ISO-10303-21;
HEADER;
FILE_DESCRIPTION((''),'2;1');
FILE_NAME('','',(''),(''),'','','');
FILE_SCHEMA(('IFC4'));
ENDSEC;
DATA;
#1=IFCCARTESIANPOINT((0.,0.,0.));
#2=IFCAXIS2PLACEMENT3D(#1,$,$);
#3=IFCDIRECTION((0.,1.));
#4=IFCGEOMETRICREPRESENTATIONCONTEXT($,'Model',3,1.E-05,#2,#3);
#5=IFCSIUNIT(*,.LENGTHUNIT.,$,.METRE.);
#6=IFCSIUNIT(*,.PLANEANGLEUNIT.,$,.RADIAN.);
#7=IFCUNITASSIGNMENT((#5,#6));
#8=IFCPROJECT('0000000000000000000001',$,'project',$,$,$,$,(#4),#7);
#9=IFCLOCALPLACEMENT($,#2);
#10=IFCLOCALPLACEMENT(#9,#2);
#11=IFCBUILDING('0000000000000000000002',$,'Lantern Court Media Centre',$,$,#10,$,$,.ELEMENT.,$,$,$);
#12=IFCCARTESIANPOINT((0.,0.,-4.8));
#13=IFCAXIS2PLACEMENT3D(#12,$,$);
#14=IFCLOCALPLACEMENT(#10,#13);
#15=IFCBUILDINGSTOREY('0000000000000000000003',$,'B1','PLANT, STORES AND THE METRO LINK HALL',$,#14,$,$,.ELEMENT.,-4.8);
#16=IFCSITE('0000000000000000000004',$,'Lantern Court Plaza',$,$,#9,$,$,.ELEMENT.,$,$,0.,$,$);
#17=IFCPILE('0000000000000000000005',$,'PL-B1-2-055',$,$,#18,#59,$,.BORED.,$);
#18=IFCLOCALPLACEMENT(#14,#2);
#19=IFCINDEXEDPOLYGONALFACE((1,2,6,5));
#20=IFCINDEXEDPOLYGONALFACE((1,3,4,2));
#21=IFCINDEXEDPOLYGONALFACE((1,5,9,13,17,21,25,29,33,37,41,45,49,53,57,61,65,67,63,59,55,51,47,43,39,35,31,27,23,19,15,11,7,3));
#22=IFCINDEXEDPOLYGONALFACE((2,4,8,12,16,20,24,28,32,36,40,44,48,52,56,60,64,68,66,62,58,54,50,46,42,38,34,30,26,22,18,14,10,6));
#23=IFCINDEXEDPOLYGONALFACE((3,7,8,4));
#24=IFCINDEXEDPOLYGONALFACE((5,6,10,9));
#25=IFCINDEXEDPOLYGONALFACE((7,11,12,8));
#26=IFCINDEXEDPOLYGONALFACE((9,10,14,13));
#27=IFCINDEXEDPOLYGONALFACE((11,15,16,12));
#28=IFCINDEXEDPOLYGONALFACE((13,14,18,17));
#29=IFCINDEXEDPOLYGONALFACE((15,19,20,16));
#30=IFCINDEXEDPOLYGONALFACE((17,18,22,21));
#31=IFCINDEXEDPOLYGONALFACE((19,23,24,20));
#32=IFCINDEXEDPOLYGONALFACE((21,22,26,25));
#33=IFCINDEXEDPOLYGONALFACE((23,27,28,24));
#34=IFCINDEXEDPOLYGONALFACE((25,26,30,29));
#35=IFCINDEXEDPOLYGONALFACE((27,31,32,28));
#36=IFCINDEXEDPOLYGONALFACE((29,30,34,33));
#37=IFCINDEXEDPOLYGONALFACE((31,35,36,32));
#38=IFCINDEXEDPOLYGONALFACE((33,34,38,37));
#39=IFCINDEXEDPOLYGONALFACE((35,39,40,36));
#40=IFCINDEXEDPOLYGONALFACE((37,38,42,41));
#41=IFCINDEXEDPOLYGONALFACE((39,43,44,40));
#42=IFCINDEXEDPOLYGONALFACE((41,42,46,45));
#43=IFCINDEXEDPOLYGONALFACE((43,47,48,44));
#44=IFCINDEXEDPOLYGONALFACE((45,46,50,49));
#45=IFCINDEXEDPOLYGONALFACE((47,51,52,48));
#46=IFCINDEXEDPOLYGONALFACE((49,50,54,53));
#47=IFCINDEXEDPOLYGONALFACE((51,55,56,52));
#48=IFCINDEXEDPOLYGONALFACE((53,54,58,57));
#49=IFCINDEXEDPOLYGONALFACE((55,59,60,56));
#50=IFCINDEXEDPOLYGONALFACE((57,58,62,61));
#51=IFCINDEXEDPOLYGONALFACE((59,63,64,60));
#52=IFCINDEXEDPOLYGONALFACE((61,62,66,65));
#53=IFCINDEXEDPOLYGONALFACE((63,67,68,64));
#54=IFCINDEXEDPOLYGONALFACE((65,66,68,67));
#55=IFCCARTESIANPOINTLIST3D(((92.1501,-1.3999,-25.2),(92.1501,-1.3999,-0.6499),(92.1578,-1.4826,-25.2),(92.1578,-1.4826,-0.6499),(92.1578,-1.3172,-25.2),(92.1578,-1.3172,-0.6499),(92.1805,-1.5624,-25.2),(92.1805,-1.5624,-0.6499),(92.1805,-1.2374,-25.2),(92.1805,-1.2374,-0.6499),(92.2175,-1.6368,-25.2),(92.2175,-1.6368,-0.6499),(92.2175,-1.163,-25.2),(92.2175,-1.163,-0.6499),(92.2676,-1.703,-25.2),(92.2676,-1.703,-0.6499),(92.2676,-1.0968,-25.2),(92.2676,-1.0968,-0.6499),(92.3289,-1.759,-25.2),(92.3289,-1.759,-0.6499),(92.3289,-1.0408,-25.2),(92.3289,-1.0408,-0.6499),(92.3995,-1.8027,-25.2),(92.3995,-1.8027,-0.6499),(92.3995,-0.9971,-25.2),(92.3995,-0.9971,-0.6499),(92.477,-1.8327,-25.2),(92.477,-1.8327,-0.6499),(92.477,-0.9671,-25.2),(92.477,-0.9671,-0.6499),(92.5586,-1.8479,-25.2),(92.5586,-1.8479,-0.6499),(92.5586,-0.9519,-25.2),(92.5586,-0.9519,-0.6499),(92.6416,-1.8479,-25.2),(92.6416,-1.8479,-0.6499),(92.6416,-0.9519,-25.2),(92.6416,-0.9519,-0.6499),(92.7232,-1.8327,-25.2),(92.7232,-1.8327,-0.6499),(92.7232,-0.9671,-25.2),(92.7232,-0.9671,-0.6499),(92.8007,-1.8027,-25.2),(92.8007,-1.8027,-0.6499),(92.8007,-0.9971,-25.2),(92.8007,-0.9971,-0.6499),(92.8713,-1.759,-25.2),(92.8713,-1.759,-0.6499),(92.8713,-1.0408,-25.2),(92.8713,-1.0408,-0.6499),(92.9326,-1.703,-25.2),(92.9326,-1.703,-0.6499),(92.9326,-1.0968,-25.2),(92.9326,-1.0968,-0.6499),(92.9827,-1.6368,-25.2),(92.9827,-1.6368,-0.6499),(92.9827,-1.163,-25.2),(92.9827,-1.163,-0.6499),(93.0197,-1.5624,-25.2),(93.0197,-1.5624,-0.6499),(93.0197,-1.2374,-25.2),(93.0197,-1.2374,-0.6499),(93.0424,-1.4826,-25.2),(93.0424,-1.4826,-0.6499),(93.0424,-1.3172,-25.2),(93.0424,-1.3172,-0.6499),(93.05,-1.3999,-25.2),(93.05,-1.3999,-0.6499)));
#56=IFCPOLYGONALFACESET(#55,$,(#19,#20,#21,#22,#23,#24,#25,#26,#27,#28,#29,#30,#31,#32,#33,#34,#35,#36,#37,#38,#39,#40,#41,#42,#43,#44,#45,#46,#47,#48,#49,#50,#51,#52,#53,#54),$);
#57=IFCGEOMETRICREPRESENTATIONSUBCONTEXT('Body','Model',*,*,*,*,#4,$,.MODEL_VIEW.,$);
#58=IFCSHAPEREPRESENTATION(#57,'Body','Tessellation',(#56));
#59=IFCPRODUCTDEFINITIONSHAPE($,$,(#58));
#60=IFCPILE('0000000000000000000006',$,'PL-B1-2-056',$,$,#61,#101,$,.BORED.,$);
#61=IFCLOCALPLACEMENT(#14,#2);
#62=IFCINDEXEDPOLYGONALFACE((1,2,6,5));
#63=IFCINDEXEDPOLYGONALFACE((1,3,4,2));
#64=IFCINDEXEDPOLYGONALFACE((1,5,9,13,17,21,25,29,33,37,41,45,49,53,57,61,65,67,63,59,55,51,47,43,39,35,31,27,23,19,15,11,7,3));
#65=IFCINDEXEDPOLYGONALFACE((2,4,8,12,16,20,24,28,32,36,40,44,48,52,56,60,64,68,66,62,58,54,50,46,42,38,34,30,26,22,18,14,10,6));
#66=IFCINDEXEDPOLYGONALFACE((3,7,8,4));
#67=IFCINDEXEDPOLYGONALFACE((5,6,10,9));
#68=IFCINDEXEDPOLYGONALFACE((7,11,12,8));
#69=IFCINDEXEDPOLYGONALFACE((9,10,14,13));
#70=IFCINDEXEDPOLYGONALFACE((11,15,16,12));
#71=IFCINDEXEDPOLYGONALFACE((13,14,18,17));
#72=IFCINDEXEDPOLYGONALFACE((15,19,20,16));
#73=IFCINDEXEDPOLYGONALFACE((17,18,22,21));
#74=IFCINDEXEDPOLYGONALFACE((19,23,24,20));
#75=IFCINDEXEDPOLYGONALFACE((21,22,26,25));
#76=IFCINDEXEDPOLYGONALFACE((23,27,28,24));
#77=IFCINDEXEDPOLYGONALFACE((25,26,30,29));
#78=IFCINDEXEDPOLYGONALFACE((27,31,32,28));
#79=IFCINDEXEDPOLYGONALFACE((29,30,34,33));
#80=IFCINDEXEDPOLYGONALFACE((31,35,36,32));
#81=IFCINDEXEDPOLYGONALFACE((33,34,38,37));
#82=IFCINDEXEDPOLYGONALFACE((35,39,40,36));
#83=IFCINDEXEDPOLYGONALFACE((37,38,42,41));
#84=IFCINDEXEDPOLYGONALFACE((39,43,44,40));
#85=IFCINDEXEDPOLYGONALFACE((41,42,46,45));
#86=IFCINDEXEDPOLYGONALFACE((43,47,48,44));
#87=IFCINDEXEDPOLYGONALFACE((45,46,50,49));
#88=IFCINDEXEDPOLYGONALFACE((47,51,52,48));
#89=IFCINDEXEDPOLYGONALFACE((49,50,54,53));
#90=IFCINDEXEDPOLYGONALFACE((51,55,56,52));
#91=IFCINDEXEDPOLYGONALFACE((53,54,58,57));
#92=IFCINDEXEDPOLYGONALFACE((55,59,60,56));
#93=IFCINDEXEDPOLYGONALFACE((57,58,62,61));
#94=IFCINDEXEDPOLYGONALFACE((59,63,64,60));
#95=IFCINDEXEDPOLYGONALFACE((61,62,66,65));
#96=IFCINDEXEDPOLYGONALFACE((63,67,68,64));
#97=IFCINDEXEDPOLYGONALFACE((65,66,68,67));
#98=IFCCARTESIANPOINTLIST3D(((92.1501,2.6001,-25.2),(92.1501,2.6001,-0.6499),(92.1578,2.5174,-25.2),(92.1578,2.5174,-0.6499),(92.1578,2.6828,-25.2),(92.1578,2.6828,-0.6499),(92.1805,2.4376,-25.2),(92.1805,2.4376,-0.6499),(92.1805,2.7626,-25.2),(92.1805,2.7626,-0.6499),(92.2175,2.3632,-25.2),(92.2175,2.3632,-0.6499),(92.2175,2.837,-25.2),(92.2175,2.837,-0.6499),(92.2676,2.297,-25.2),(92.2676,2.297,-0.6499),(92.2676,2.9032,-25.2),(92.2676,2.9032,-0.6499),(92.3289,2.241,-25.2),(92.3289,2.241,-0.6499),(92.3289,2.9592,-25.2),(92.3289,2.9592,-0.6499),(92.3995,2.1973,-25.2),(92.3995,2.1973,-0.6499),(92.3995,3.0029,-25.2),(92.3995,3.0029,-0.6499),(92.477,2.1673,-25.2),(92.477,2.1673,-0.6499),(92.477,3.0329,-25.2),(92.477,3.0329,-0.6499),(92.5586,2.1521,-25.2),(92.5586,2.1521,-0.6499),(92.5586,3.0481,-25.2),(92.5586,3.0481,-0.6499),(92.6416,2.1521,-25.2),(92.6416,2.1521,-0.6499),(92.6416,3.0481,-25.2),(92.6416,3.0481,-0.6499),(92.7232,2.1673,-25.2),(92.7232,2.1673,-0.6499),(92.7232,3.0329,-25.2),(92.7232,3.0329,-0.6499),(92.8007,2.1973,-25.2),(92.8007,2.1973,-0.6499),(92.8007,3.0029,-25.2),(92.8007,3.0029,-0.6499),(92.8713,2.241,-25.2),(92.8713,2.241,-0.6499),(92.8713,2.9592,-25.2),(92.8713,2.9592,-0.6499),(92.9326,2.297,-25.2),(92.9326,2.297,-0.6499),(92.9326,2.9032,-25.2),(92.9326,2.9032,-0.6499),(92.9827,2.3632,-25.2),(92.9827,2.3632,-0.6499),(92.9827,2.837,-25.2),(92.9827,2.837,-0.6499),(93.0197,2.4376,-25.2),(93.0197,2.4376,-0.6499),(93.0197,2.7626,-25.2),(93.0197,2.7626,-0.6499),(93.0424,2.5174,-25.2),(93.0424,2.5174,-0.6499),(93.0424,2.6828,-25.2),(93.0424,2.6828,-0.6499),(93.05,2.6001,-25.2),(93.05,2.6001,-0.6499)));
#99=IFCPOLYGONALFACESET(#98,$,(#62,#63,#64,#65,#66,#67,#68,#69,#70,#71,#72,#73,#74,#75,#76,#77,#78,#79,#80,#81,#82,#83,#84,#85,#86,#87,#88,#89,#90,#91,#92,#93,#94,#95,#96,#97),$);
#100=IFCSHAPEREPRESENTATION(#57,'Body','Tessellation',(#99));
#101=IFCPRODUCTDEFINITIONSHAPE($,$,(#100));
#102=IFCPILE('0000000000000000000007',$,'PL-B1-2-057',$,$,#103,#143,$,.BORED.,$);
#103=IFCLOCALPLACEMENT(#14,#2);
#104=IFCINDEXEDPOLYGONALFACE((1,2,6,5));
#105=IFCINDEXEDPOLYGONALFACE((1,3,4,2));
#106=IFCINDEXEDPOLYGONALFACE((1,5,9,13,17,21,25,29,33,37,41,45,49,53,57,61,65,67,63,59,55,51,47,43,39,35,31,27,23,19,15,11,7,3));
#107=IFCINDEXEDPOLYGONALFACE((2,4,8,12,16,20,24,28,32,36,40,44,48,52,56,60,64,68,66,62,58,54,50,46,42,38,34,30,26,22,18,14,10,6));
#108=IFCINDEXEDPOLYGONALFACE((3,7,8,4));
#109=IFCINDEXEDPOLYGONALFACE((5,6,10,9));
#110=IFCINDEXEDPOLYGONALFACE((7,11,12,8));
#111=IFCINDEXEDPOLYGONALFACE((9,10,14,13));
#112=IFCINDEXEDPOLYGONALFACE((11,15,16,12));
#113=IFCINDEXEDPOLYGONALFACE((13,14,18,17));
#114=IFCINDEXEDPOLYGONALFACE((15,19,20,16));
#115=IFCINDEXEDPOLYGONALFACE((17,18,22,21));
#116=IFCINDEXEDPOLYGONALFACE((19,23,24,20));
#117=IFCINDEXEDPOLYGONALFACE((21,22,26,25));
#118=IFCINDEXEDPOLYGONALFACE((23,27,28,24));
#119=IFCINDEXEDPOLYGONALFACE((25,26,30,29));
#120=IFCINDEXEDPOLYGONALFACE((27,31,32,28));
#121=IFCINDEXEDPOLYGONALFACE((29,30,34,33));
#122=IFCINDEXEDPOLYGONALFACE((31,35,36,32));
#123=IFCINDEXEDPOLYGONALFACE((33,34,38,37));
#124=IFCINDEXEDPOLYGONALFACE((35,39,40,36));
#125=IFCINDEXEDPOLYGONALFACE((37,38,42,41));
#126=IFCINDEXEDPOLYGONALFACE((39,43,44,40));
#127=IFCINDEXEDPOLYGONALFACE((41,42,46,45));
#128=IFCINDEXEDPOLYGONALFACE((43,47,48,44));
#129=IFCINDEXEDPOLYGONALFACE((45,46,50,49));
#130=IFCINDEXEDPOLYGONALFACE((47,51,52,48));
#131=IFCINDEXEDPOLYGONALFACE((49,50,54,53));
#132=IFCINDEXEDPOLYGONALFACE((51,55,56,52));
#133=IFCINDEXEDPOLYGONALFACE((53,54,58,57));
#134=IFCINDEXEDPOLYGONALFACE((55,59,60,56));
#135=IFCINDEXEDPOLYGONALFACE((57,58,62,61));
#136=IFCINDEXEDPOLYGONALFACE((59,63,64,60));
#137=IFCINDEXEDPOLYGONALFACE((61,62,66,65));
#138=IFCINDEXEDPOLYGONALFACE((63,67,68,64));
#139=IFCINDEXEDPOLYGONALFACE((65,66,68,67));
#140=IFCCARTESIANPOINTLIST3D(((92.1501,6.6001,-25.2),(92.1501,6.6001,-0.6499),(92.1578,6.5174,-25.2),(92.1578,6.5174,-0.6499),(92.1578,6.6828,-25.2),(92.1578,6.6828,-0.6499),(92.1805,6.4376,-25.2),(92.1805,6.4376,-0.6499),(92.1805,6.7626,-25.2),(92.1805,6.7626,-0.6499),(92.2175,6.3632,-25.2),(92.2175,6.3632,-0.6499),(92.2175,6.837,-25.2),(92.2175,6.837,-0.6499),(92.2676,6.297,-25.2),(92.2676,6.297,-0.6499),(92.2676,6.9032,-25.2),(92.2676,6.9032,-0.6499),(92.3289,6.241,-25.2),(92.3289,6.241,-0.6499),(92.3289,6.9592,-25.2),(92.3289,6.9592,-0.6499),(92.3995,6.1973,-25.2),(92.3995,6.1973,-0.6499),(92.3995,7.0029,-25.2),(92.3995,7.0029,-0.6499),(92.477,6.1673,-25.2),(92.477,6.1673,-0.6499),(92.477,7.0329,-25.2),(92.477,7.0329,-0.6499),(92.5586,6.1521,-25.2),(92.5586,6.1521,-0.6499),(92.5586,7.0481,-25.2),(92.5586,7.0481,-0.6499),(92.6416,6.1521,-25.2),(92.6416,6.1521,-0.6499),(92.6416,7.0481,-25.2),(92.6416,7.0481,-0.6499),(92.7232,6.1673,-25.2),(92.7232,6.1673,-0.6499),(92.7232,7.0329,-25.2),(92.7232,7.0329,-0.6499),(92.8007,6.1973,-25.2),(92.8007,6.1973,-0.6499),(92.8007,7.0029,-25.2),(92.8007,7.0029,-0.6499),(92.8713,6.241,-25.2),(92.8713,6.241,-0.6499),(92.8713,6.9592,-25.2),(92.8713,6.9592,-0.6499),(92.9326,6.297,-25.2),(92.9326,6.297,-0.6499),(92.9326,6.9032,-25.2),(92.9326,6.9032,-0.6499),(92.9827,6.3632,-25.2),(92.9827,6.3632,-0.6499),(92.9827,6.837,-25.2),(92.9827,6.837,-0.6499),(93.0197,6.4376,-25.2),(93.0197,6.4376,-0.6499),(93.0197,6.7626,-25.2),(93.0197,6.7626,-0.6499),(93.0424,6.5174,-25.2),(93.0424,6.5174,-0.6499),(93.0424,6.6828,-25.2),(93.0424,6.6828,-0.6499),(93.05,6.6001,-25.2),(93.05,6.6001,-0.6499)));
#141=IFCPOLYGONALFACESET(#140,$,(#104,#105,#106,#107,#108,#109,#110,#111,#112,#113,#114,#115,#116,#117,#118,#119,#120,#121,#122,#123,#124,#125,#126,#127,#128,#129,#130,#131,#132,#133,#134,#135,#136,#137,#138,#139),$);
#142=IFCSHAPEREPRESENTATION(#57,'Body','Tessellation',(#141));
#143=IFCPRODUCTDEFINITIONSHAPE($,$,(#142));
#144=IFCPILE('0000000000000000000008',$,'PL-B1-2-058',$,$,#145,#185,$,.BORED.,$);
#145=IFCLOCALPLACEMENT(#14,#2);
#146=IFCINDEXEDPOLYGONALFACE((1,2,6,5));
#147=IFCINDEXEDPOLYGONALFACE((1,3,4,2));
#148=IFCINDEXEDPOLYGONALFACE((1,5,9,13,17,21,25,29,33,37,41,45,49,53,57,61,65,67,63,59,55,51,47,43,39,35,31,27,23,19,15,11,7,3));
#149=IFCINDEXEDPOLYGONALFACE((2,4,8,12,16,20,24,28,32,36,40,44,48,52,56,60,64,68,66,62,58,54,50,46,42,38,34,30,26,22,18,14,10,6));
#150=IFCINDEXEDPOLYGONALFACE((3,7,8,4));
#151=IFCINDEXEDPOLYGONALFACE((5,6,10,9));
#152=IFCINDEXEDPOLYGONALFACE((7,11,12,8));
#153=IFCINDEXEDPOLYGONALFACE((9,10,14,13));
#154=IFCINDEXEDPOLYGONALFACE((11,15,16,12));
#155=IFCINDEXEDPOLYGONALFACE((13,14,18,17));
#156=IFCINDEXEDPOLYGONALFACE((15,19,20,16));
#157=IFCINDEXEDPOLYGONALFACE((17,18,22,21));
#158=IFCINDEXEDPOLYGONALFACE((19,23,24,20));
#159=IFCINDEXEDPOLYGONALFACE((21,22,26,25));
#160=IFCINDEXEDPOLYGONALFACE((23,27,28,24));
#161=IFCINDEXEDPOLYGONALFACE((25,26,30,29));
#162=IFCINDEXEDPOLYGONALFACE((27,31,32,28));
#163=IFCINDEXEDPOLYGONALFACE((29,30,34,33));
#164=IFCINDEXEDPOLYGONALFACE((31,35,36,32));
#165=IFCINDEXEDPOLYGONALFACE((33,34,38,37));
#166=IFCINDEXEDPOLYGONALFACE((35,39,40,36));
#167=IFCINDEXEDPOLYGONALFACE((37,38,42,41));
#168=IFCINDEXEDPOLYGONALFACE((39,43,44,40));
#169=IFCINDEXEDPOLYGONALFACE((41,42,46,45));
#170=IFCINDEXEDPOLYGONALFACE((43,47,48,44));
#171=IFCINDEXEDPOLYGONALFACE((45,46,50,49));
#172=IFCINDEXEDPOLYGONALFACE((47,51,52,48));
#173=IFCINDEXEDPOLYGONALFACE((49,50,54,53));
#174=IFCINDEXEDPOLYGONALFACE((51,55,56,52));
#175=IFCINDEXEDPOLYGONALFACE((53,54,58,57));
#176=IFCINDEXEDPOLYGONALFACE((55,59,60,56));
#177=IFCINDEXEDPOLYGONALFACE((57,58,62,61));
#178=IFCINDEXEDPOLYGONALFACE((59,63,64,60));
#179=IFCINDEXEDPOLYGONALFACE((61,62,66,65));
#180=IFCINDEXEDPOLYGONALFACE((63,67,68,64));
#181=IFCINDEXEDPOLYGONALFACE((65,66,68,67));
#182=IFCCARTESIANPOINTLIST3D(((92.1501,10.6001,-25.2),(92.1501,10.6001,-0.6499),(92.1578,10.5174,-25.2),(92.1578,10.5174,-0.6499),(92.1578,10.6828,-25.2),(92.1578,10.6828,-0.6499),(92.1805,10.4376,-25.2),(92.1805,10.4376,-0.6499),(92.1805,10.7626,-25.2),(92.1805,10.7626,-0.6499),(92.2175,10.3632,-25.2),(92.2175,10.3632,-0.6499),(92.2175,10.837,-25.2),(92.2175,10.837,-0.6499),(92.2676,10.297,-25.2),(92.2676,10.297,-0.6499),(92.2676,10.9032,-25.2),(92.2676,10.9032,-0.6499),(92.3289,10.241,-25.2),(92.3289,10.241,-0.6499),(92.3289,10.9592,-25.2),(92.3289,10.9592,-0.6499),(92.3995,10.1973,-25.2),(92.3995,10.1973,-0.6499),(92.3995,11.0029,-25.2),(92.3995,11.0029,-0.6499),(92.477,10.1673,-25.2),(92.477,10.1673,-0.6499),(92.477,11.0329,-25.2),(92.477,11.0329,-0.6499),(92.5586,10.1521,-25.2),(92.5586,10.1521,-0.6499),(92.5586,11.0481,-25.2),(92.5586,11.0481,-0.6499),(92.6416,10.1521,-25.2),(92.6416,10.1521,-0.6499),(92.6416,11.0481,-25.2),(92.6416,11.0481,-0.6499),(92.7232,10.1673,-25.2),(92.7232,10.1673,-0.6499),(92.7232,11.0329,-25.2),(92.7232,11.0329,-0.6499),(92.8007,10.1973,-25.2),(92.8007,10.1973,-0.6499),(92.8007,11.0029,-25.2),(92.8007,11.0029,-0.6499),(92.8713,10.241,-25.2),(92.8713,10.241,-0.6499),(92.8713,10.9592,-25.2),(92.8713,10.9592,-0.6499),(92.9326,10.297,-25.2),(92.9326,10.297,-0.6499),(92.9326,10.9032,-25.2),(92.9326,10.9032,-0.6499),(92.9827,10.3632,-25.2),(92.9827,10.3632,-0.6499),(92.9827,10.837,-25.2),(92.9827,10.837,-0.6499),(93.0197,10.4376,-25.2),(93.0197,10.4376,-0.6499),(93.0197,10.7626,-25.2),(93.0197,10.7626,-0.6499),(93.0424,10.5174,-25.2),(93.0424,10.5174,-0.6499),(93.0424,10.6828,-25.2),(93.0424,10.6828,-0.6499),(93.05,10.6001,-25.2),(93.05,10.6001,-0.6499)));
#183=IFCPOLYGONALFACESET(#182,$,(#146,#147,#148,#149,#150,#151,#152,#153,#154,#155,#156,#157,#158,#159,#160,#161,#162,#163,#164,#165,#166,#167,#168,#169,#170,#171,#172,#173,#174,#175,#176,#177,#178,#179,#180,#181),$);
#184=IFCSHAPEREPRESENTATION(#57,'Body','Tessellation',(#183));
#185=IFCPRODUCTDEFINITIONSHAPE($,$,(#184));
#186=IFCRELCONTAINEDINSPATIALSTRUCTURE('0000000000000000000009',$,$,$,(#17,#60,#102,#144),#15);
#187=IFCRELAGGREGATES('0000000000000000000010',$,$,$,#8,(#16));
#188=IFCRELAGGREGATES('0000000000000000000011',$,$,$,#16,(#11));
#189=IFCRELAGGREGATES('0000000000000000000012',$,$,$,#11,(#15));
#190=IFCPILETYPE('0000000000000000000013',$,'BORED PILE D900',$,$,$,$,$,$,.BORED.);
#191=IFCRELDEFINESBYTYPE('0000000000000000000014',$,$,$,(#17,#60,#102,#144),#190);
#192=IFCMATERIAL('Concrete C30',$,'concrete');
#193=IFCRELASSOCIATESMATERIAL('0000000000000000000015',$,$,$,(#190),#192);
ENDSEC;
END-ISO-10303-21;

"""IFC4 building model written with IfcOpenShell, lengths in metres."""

from ifc_helpers import new_model, si_unit, direction, frame, origin, origin_2d, place, context, subcontext, project, spatial, circle, extrude, material, material_profile, profile_set, type_object, element, save


model = new_model("IFC4")

# Units and contexts
model_context = context("Model", 3, precision=1e-05, world=origin(), true_north=direction((0.0, 1.0)))
body_context = subcontext(model_context, "Body", "Model", "MODEL_VIEW")
ifc_project = project(units=[si_unit("LENGTHUNIT", "METRE"), si_unit("PLANEANGLEUNIT", "RADIAN")], contexts=[model_context])

# Site, building, storey
site_placement = place(None, origin())
site = spatial("IfcSite", under=ifc_project, at=site_placement, Name="Lantern Court Plaza", CompositionType="ELEMENT", RefElevation=0.0)
building_placement = place(site_placement, origin())
building = spatial("IfcBuilding", under=site, at=building_placement, Name="Lantern Court Media Centre", CompositionType="ELEMENT")
storey_placement = place(building_placement, frame((0.0, 0.0, -4.8)))
storey = spatial("IfcBuildingStorey", under=building, at=storey_placement, Name="B1", Description="PLANT, STORES AND THE METRO LINK HALL", CompositionType="ELEMENT", Elevation=-4.8)

# Piles
ifc_material_1 = material(Name="Concrete C30", Category="concrete")
ifc_material_profile_1 = material_profile(ifc_material_1, circle(Radius=0.45, at=origin_2d()), Name="D900")
ifc_profile_set_1 = profile_set([ifc_material_profile_1], Name="Concrete C30")
pile_type = type_object("IfcPileType", Name="BORED PILE D900", PredefinedType="BORED", material=ifc_profile_set_1)
for number, where, z_axis, x_axis, name in (
    (1, (92.6001, -1.3999, -0.6499), (0.0, 0.0, -1.0), (1.0, 0.0, 0.0), "PL-B1-2-055"),
    (2, (92.6001, 2.6001, -0.6499), (0.0, 0.0, -1.0), (1.0, 0.0, 0.0), "PL-B1-2-056"),
    (3, (92.6001, 6.6001, -0.6499), (0.0, 0.0, -1.0), (1.0, 0.0, 0.0), "PL-B1-2-057"),
    (4, (92.6001, 10.6001, -0.6499), (0.0, 0.0, -1.0), (1.0, 0.0, 0.0), "PL-B1-2-058"),
):
    element("IfcPile", number, at=place(storey_placement, frame(where, z_axis=z_axis, x_axis=x_axis)), inside=storey, type_object=pile_type, Name=name, PredefinedType="BORED", context=body_context, shape_type="SweptSolid", body=[
        extrude(circle(Radius=0.45, at=origin_2d()), origin(), (0.0, 0.0, 1.0), 24.55),
    ])

save(model, "model.ifc")
